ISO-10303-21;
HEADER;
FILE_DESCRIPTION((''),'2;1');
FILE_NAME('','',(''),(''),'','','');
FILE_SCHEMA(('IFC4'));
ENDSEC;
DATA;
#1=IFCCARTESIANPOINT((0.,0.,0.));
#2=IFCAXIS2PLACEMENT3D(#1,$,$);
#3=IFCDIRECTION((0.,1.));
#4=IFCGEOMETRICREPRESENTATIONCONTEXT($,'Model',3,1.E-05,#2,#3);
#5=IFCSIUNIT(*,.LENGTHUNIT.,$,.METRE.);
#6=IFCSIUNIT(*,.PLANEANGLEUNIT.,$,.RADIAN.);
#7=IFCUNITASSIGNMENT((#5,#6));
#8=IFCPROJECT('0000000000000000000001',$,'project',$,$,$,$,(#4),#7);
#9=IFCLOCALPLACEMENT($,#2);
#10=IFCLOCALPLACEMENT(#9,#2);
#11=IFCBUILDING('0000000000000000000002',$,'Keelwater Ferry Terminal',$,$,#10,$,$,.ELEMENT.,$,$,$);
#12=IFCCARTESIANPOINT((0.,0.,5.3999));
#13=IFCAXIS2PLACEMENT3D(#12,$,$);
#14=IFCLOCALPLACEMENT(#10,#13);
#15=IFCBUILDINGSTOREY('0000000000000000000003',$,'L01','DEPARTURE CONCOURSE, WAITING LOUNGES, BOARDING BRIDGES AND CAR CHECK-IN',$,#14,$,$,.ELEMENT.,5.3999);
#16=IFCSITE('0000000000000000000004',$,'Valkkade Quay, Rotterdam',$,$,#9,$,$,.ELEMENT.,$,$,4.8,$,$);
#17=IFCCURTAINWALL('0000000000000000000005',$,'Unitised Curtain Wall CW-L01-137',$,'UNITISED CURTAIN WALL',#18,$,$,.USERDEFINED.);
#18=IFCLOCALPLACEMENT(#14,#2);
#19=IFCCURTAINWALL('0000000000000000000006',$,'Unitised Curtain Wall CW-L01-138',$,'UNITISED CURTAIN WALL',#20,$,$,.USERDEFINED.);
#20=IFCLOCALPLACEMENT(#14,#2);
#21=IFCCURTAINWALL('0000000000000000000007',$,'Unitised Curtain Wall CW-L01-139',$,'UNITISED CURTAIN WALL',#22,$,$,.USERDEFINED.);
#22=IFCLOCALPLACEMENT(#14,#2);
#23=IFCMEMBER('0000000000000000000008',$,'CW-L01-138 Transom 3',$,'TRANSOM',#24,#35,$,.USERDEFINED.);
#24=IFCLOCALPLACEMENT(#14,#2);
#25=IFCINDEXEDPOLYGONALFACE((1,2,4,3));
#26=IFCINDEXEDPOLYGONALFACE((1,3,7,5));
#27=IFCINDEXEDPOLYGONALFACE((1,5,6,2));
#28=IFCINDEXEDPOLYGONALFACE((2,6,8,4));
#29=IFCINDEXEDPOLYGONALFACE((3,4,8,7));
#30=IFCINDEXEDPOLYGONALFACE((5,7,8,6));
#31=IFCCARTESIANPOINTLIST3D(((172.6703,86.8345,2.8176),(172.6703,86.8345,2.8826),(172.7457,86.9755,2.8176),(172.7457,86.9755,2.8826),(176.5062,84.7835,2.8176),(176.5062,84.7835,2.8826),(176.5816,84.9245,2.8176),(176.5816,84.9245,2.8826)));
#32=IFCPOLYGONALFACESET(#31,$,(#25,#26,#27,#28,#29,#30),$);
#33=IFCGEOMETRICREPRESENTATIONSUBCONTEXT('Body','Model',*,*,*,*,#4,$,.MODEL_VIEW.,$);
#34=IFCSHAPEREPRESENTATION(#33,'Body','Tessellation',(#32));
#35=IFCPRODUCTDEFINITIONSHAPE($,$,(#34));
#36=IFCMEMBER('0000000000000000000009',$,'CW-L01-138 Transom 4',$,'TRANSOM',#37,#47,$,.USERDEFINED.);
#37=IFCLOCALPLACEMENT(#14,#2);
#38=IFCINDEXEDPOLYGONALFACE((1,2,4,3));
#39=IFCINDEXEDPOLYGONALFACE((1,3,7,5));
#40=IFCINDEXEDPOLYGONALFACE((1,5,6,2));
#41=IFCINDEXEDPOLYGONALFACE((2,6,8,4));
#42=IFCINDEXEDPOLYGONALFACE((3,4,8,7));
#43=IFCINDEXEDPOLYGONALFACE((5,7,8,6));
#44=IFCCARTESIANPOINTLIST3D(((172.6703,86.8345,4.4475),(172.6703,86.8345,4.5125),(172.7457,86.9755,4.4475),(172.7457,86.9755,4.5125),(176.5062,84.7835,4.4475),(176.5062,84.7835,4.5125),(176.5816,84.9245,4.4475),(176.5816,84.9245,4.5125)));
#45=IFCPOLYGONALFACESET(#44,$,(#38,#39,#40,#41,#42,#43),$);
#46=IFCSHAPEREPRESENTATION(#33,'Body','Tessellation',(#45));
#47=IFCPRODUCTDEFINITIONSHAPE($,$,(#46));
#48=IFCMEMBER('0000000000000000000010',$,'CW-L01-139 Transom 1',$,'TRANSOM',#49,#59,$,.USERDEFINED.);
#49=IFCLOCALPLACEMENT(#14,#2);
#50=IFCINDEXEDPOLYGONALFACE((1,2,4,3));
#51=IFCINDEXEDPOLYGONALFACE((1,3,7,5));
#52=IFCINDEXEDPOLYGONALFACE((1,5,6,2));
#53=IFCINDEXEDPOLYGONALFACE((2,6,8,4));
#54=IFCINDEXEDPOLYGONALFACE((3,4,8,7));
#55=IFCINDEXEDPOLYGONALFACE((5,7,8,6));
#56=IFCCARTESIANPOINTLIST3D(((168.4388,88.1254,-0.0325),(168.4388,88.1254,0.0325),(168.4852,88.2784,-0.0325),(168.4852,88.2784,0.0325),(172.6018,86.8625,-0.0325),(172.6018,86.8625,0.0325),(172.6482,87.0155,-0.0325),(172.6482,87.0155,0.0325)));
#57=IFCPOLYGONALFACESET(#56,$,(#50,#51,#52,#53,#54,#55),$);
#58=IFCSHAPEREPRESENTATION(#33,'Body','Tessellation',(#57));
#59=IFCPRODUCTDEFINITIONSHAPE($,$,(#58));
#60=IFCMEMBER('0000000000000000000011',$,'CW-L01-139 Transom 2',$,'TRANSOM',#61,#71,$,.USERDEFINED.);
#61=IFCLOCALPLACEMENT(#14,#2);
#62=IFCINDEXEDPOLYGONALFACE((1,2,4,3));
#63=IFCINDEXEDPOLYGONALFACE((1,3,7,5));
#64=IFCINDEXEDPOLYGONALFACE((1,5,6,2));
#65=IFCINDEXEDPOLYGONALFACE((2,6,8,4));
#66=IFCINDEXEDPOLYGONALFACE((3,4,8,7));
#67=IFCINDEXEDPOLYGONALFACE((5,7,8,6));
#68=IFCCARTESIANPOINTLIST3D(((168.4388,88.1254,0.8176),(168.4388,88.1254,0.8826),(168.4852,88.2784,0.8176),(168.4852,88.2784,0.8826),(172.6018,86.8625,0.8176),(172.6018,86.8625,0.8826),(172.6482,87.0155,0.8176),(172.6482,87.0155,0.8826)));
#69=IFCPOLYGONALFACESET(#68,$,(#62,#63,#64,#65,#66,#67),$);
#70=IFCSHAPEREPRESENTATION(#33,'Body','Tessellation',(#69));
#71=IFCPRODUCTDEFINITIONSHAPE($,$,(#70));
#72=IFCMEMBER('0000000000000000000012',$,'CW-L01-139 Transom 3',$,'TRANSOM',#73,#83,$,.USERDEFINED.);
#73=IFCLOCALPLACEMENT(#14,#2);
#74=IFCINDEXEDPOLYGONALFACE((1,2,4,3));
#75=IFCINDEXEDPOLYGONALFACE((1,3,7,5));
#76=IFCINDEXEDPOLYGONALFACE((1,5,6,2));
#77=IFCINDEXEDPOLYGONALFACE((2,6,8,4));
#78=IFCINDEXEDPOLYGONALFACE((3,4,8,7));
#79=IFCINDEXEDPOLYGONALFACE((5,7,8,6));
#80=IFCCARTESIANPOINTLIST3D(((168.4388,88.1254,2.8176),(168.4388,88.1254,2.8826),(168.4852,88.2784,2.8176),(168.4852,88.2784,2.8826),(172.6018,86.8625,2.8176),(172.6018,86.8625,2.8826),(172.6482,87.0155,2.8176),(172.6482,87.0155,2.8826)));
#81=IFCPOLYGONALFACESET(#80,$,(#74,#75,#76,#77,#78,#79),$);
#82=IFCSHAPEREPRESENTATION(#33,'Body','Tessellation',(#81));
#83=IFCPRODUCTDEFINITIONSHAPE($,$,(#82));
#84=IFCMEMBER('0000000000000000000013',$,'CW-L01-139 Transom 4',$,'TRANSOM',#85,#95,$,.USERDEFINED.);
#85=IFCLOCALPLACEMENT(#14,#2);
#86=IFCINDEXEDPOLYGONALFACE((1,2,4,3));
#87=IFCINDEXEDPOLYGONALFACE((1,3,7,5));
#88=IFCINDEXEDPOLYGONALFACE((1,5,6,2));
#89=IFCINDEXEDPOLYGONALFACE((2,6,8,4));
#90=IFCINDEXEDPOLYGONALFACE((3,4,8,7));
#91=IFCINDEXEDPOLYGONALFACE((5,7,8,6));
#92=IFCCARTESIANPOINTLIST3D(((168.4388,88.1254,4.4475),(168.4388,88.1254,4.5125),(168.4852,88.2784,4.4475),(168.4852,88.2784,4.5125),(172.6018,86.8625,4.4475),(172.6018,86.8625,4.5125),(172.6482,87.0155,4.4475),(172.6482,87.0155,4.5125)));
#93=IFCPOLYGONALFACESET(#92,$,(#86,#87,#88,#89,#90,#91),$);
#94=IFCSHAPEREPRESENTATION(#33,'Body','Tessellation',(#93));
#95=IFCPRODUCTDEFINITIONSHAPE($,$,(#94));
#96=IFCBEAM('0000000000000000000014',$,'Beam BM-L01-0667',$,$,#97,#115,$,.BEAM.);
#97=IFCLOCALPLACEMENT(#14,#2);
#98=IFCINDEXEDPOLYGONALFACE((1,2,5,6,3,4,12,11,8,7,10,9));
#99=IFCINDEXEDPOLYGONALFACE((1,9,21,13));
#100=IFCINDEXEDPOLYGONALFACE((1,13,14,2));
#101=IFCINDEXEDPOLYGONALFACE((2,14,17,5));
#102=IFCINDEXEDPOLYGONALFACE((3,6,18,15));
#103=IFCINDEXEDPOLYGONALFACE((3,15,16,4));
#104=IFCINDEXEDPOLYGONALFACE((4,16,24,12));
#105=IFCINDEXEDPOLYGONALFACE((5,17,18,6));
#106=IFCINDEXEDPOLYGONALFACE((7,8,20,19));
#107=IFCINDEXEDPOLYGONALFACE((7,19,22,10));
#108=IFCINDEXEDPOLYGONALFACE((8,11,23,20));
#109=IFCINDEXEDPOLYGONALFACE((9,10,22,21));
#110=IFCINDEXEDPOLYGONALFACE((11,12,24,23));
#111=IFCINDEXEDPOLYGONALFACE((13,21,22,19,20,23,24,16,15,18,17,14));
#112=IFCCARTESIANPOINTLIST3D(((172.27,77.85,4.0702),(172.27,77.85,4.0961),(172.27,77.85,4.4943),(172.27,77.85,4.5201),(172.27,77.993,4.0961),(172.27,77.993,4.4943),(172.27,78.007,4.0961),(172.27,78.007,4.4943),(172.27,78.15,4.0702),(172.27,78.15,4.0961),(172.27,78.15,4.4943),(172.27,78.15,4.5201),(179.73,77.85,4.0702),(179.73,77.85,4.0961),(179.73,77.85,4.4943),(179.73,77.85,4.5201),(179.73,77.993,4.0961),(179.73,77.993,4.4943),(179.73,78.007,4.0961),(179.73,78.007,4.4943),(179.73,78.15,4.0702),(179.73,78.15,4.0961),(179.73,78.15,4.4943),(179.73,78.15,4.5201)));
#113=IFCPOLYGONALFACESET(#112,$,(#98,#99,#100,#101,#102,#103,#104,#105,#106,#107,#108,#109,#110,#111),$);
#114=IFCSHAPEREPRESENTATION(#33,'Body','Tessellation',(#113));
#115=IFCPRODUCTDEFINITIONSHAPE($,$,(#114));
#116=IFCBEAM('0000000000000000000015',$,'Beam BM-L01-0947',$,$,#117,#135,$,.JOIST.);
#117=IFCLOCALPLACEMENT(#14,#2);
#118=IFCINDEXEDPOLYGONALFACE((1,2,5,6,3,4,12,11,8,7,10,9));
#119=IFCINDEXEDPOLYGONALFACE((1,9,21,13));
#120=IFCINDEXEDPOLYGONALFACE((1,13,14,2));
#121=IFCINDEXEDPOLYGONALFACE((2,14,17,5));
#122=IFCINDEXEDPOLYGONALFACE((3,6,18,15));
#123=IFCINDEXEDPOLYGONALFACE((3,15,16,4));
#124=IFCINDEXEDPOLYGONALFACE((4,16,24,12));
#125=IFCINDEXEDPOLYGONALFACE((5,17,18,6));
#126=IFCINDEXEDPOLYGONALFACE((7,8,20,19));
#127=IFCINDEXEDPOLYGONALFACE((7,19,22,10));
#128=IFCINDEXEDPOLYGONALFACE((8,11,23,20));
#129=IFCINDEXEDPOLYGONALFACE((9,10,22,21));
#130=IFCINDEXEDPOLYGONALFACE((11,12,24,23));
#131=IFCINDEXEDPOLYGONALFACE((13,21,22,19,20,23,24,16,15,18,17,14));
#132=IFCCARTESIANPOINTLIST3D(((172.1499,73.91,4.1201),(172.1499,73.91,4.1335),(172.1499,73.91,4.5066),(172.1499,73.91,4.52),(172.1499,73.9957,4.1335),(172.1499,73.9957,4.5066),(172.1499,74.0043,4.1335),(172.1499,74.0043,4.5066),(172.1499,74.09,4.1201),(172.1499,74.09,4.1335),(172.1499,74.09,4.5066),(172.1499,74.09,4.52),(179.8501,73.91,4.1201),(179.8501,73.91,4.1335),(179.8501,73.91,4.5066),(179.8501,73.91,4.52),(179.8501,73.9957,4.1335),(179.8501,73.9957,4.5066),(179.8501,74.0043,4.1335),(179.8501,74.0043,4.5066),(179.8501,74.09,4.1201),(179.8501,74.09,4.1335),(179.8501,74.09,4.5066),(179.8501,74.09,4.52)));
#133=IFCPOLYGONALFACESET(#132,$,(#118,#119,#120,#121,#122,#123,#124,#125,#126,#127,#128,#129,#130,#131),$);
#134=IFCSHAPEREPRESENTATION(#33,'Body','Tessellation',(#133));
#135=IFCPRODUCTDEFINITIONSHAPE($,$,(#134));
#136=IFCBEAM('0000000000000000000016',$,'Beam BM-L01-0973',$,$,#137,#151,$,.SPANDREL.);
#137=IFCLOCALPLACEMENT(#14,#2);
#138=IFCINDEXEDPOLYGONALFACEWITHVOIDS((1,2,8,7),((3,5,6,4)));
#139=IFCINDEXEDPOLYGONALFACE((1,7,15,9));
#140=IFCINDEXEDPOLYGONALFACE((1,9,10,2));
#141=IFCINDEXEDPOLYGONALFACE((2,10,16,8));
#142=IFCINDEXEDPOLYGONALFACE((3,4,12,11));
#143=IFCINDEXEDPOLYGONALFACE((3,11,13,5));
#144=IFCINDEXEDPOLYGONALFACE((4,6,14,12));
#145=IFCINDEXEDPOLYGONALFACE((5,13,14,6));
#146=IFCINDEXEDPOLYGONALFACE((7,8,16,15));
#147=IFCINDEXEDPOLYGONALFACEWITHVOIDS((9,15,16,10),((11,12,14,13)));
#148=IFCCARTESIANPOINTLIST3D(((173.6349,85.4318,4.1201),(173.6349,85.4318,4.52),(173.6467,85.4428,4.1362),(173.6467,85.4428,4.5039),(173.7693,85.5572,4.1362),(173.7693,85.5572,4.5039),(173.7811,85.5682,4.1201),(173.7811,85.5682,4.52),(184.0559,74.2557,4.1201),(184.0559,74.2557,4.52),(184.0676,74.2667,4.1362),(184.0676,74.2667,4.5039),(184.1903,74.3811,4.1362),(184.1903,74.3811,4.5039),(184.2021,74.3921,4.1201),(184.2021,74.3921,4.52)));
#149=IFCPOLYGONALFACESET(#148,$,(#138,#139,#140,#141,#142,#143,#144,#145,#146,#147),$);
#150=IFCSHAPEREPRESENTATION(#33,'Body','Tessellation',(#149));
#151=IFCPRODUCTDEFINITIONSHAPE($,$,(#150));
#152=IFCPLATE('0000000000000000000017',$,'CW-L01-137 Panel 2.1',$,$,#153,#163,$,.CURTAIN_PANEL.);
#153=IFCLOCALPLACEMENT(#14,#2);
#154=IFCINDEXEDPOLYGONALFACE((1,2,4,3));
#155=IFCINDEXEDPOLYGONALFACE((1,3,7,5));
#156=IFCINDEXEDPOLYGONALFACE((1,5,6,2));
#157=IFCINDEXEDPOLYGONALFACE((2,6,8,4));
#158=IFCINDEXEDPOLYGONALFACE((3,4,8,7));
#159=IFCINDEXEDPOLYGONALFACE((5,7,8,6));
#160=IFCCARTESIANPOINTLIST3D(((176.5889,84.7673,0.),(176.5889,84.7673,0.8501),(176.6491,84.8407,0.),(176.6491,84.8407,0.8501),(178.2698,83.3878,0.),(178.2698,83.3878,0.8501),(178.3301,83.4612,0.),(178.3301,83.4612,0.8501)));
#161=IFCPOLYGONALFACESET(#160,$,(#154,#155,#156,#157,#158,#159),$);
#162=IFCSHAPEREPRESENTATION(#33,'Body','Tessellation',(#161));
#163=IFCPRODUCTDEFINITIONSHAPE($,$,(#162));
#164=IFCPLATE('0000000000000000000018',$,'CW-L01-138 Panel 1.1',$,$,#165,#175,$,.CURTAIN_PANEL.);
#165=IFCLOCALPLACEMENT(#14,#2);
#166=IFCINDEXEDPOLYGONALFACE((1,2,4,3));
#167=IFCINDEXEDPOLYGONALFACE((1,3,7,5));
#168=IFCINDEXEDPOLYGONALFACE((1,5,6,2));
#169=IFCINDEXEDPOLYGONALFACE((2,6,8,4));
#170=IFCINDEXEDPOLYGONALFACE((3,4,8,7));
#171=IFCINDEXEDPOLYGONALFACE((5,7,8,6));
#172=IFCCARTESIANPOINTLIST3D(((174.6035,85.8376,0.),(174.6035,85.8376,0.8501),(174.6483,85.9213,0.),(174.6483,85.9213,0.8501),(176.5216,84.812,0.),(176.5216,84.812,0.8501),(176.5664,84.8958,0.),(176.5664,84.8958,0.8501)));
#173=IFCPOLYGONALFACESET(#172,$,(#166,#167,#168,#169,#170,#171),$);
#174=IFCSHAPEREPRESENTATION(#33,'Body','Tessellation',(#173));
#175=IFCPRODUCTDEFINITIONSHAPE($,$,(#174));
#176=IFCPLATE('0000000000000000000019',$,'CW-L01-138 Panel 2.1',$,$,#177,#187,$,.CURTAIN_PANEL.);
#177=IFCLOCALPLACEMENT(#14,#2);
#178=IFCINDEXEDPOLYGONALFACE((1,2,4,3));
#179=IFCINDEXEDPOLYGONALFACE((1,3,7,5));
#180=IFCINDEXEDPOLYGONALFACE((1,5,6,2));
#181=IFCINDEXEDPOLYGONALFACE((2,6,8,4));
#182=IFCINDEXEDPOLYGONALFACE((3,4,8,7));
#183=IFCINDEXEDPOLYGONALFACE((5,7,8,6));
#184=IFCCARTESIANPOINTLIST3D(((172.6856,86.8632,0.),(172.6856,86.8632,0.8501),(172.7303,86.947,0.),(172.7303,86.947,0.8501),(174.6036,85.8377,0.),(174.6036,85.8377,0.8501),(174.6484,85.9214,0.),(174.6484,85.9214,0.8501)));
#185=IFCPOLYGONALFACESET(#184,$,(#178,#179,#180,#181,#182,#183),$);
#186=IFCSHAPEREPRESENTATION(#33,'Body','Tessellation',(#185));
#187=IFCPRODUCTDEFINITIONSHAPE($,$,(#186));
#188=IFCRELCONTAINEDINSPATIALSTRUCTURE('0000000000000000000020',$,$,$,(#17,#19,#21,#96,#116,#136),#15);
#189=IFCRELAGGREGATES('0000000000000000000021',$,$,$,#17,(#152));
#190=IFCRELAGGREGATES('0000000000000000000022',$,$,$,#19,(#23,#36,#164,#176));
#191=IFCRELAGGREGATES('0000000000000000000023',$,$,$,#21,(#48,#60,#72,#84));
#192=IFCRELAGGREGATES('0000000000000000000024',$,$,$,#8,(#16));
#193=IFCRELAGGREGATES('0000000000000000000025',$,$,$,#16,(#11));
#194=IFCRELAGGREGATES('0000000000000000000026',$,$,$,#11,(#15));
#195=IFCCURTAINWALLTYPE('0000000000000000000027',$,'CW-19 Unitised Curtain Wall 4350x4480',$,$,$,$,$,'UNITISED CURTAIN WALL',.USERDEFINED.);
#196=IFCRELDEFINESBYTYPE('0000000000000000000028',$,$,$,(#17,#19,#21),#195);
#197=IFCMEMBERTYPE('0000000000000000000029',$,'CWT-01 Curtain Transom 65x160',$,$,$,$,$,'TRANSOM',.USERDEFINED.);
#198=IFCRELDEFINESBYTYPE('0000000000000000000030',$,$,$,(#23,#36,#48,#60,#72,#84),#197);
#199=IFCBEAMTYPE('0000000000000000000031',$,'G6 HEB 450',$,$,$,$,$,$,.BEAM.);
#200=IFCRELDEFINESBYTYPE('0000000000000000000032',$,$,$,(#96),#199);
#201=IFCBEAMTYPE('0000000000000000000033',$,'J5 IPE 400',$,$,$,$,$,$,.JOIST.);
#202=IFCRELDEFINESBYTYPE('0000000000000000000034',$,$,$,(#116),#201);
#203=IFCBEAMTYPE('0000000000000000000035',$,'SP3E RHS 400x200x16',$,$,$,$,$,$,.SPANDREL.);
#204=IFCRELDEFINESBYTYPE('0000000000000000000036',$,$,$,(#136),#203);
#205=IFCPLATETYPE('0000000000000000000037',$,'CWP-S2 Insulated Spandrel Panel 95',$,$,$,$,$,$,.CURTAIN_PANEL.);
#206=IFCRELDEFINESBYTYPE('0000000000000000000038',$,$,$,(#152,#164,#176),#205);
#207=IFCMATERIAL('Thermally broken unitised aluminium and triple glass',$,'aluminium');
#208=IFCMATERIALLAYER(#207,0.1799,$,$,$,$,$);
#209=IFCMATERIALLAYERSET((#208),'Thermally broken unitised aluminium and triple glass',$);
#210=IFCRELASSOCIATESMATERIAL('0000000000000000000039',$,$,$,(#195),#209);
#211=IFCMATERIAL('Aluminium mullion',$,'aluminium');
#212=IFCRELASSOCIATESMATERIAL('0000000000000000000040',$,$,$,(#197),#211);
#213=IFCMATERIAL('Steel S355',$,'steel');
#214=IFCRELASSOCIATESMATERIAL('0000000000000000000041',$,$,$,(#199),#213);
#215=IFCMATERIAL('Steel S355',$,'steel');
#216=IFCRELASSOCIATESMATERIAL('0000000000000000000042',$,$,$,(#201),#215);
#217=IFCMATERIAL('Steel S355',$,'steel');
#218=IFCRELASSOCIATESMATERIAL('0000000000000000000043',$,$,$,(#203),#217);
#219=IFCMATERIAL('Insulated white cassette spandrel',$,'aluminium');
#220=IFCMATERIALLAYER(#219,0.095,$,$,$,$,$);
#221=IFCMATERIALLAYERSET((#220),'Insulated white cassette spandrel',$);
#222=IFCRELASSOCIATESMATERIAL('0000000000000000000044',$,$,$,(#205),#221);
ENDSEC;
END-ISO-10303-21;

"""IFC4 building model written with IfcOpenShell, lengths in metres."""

from ifc_helpers import new_model, si_unit, direction, frame, origin, origin_2d, place, context, subcontext, project, spatial, rectangle, hollow_rectangle, i_section, extrude, material, layer, layer_set, material_profile, profile_set, type_object, element, aggregate, save


model = new_model("IFC4")

# Units and contexts
model_context = context("Model", 3, precision=1e-05, world=origin(), true_north=direction((0.0, 1.0)))
body_context = subcontext(model_context, "Body", "Model", "MODEL_VIEW")
ifc_project = project(units=[si_unit("LENGTHUNIT", "METRE"), si_unit("PLANEANGLEUNIT", "RADIAN")], contexts=[model_context])

# Site, building, storey
site_placement = place(None, origin())
site = spatial("IfcSite", under=ifc_project, at=site_placement, Name="Valkkade Quay, Rotterdam", CompositionType="ELEMENT", RefElevation=4.8)
building_placement = place(site_placement, origin())
building = spatial("IfcBuilding", under=site, at=building_placement, Name="Keelwater Ferry Terminal", CompositionType="ELEMENT")
storey_placement = place(building_placement, frame((0.0, 0.0, 5.3999)))
storey = spatial("IfcBuildingStorey", under=building, at=storey_placement, Name="L01", Description="DEPARTURE CONCOURSE, WAITING LOUNGES, BOARDING BRIDGES AND CAR CHECK-IN", CompositionType="ELEMENT", Elevation=5.3999)

# Curtain wall
ifc_material_1 = material(Name="Thermally broken unitised aluminium and triple glass", Category="aluminium")
ifc_layer_1 = layer(ifc_material_1, 0.1799)
ifc_layer_set_1 = layer_set([ifc_layer_1], Name="Thermally broken unitised aluminium and triple glass")
curtain_wall_type = type_object("IfcCurtainWallType", Name="CW-19 Unitised Curtain Wall 4350x4480", ElementType="UNITISED CURTAIN WALL", PredefinedType="USERDEFINED", material=ifc_layer_set_1)
curtain_wall_1_placement = place(storey_placement, origin())
curtain_wall_1 = element("IfcCurtainWall", 1, at=curtain_wall_1_placement, inside=storey, type_object=curtain_wall_type, Name="Unitised Curtain Wall CW-L01-137", ObjectType="UNITISED CURTAIN WALL", PredefinedType="USERDEFINED")

# Curtain walls
curtain_wall_2_placement = place(storey_placement, origin())
curtain_wall_2 = element("IfcCurtainWall", 2, at=curtain_wall_2_placement, inside=storey, type_object=curtain_wall_type, Name="Unitised Curtain Wall CW-L01-138", ObjectType="UNITISED CURTAIN WALL", PredefinedType="USERDEFINED")
curtain_wall_3_placement = place(storey_placement, origin())
curtain_wall_3 = element("IfcCurtainWall", 3, at=curtain_wall_3_placement, inside=storey, type_object=curtain_wall_type, Name="Unitised Curtain Wall CW-L01-139", ObjectType="UNITISED CURTAIN WALL", PredefinedType="USERDEFINED")

# Members
ifc_material_2 = material(Name="Aluminium mullion", Category="aluminium")
ifc_material_profile_1 = material_profile(ifc_material_2, rectangle(XDim=0.1599, YDim=0.0649, at=origin_2d()), Name="CWT-01")
ifc_profile_set_1 = profile_set([ifc_material_profile_1], Name="Aluminium mullion")
member_type_1 = type_object("IfcMemberType", Name="CWT-01 Curtain Transom 65x160", ElementType="TRANSOM", PredefinedType="USERDEFINED", material=ifc_profile_set_1)
member_1_placement = place(storey_placement, frame((176.5439, 84.854, 2.8501), z_axis=(-0.881857, 0.471517, 0.0), x_axis=(-0.471517, -0.881857, 0.0)))
member_1 = element("IfcMember", 4, at=member_1_placement, type_object=member_type_1, Name="CW-L01-138 Transom 3", ObjectType="TRANSOM", PredefinedType="USERDEFINED", context=body_context, shape_type="SweptSolid", body=[
    extrude(rectangle(XDim=0.1599, YDim=0.0649, at=origin_2d()), origin(), (0.0, 0.0, 1.0), 4.3499),
])
member_2_placement = place(storey_placement, frame((176.5439, 84.854, 4.48), z_axis=(-0.881857, 0.471517, 0.0), x_axis=(-0.471517, -0.881857, 0.0)))
member_2 = element("IfcMember", 5, at=member_2_placement, type_object=member_type_1, Name="CW-L01-138 Transom 4", ObjectType="TRANSOM", PredefinedType="USERDEFINED", context=body_context, shape_type="SweptSolid", body=[
    extrude(rectangle(XDim=0.1599, YDim=0.0649, at=origin_2d()), origin(), (0.0, 0.0, 1.0), 4.3499),
])
member_3_placement = place(storey_placement, frame((172.625, 86.939, 0.0), z_axis=(-0.956935, 0.290302, 0.0), x_axis=(-0.290302, -0.956935, 0.0)))
member_3 = element("IfcMember", 6, at=member_3_placement, type_object=member_type_1, Name="CW-L01-139 Transom 1", ObjectType="TRANSOM", PredefinedType="USERDEFINED", context=body_context, shape_type="SweptSolid", body=[
    extrude(rectangle(XDim=0.1599, YDim=0.0649, at=origin_2d()), origin(), (0.0, 0.0, 1.0), 4.3503),
])
member_4_placement = place(storey_placement, frame((172.625, 86.939, 0.8501), z_axis=(-0.956935, 0.290302, 0.0), x_axis=(-0.290302, -0.956935, 0.0)))
member_4 = element("IfcMember", 7, at=member_4_placement, type_object=member_type_1, Name="CW-L01-139 Transom 2", ObjectType="TRANSOM", PredefinedType="USERDEFINED", context=body_context, shape_type="SweptSolid", body=[
    extrude(rectangle(XDim=0.1599, YDim=0.0649, at=origin_2d()), origin(), (0.0, 0.0, 1.0), 4.3503),
])
member_5_placement = place(storey_placement, frame((172.625, 86.939, 2.8501), z_axis=(-0.956935, 0.290302, 0.0), x_axis=(-0.290302, -0.956935, 0.0)))
member_5 = element("IfcMember", 8, at=member_5_placement, type_object=member_type_1, Name="CW-L01-139 Transom 3", ObjectType="TRANSOM", PredefinedType="USERDEFINED", context=body_context, shape_type="SweptSolid", body=[
    extrude(rectangle(XDim=0.1599, YDim=0.0649, at=origin_2d()), origin(), (0.0, 0.0, 1.0), 4.3503),
])
member_6_placement = place(storey_placement, frame((172.625, 86.939, 4.48), z_axis=(-0.956935, 0.290302, 0.0), x_axis=(-0.290302, -0.956935, 0.0)))
member_6 = element("IfcMember", 9, at=member_6_placement, type_object=member_type_1, Name="CW-L01-139 Transom 4", ObjectType="TRANSOM", PredefinedType="USERDEFINED", context=body_context, shape_type="SweptSolid", body=[
    extrude(rectangle(XDim=0.1599, YDim=0.0649, at=origin_2d()), origin(), (0.0, 0.0, 1.0), 4.3503),
])

# Beams
ifc_material_3 = material(Name="Steel S355", Category="steel")
ifc_material_profile_2 = material_profile(ifc_material_3, i_section(OverallWidth=0.3, OverallDepth=0.45, WebThickness=0.0139, FlangeThickness=0.0259, at=origin_2d()), Name="HEB 450")
ifc_profile_set_2 = profile_set([ifc_material_profile_2], Name="Steel S355")
beam_type_1 = type_object("IfcBeamType", Name="G6 HEB 450", PredefinedType="BEAM", material=ifc_profile_set_2)
beam_1_placement = place(storey_placement, frame((172.27, 78.0, 4.2952), z_axis=(1.0, 0.0, 0.0), x_axis=(0.0, 1.0, 0.0)))
element("IfcBeam", 10, at=beam_1_placement, inside=storey, type_object=beam_type_1, Name="Beam BM-L01-0667", PredefinedType="BEAM", context=body_context, shape_type="SweptSolid", body=[
    extrude(i_section(OverallWidth=0.3, OverallDepth=0.45, WebThickness=0.0139, FlangeThickness=0.0259, at=origin_2d()), origin(), (0.0, 0.0, 1.0), 7.46),
])
ifc_material_4 = material(Name="Steel S355", Category="steel")
ifc_material_profile_3 = material_profile(ifc_material_4, i_section(OverallWidth=0.1799, OverallDepth=0.3999, WebThickness=0.0085, FlangeThickness=0.0134, at=origin_2d()), Name="IPE 400")
ifc_profile_set_3 = profile_set([ifc_material_profile_3], Name="Steel S355")
beam_type_2 = type_object("IfcBeamType", Name="J5 IPE 400", PredefinedType="JOIST", material=ifc_profile_set_3)
beam_2_placement = place(storey_placement, frame((172.1499, 74.0, 4.3201), z_axis=(1.0, 0.0, 0.0), x_axis=(0.0, 1.0, 0.0)))
element("IfcBeam", 11, at=beam_2_placement, inside=storey, type_object=beam_type_2, Name="Beam BM-L01-0947", PredefinedType="JOIST", context=body_context, shape_type="SweptSolid", body=[
    extrude(i_section(OverallWidth=0.1799, OverallDepth=0.3999, WebThickness=0.0085, FlangeThickness=0.0134, at=origin_2d()), origin(), (0.0, 0.0, 1.0), 7.7002),
])
ifc_material_5 = material(Name="Steel S355", Category="steel")
ifc_material_profile_4 = material_profile(ifc_material_5, hollow_rectangle(XDim=0.2, YDim=0.3999, WallThickness=0.0161, at=origin_2d()), Name="RHS 400x200x16")
ifc_profile_set_4 = profile_set([ifc_material_profile_4], Name="Steel S355")
beam_type_3 = type_object("IfcBeamType", Name="SP3E RHS 400x200x16", PredefinedType="SPANDREL", material=ifc_profile_set_4)
beam_3_placement = place(storey_placement, frame((173.708, 85.5, 4.3201), z_axis=(0.681966, -0.731384, 0.0), x_axis=(0.731384, 0.681966, 0.0)))
element("IfcBeam", 12, at=beam_3_placement, inside=storey, type_object=beam_type_3, Name="Beam BM-L01-0973", PredefinedType="SPANDREL", context=body_context, shape_type="SweptSolid", body=[
    extrude(hollow_rectangle(XDim=0.2, YDim=0.3999, WallThickness=0.0161, at=origin_2d()), origin(), (0.0, 0.0, 1.0), 15.2808),
])

# Plates
ifc_material_6 = material(Name="Insulated white cassette spandrel", Category="aluminium")
ifc_layer_2 = layer(ifc_material_6, 0.095)
ifc_layer_set_2 = layer_set([ifc_layer_2], Name="Insulated white cassette spandrel")
plate_type_1 = type_object("IfcPlateType", Name="CWP-S2 Insulated Spandrel Panel 95", PredefinedType="CURTAIN_PANEL", material=ifc_layer_set_2)
plate_1_placement = place(storey_placement, frame((177.4595, 84.1143, 0.0), z_axis=(0.0, 0.0, 1.0), x_axis=(-0.773024, 0.634377, 0.0)))
plate_1 = element("IfcPlate", 13, at=plate_1_placement, type_object=plate_type_1, Name="CW-L01-137 Panel 2.1", PredefinedType="CURTAIN_PANEL", context=body_context, shape_type="SweptSolid", body=[
    extrude(rectangle(XDim=2.1746, YDim=0.095, at=origin_2d()), origin(), (0.0, 0.0, 1.0), 0.8501),
])
aggregate(curtain_wall_1, [plate_1])
plate_2_placement = place(storey_placement, frame((175.585, 85.3667, 0.0), z_axis=(0.0, 0.0, 1.0), x_axis=(-0.881862, 0.471507, 0.0)))
plate_2 = element("IfcPlate", 14, at=plate_2_placement, type_object=plate_type_1, Name="CW-L01-138 Panel 1.1", PredefinedType="CURTAIN_PANEL", context=body_context, shape_type="SweptSolid", body=[
    extrude(rectangle(XDim=2.175, YDim=0.095, at=origin_2d()), origin(), (0.0, 0.0, 1.0), 0.8501),
])
plate_3_placement = place(storey_placement, frame((173.667, 86.3923, 0.0), z_axis=(0.0, 0.0, 1.0), x_axis=(-0.881862, 0.471507, 0.0)))
plate_3 = element("IfcPlate", 15, at=plate_3_placement, type_object=plate_type_1, Name="CW-L01-138 Panel 2.1", PredefinedType="CURTAIN_PANEL", context=body_context, shape_type="SweptSolid", body=[
    extrude(rectangle(XDim=2.175, YDim=0.095, at=origin_2d()), origin(), (0.0, 0.0, 1.0), 0.8501),
])
aggregate(curtain_wall_2, [member_1, member_2, plate_2, plate_3])
aggregate(curtain_wall_3, [member_3, member_4, member_5, member_6])

save(model, "model.ifc")
